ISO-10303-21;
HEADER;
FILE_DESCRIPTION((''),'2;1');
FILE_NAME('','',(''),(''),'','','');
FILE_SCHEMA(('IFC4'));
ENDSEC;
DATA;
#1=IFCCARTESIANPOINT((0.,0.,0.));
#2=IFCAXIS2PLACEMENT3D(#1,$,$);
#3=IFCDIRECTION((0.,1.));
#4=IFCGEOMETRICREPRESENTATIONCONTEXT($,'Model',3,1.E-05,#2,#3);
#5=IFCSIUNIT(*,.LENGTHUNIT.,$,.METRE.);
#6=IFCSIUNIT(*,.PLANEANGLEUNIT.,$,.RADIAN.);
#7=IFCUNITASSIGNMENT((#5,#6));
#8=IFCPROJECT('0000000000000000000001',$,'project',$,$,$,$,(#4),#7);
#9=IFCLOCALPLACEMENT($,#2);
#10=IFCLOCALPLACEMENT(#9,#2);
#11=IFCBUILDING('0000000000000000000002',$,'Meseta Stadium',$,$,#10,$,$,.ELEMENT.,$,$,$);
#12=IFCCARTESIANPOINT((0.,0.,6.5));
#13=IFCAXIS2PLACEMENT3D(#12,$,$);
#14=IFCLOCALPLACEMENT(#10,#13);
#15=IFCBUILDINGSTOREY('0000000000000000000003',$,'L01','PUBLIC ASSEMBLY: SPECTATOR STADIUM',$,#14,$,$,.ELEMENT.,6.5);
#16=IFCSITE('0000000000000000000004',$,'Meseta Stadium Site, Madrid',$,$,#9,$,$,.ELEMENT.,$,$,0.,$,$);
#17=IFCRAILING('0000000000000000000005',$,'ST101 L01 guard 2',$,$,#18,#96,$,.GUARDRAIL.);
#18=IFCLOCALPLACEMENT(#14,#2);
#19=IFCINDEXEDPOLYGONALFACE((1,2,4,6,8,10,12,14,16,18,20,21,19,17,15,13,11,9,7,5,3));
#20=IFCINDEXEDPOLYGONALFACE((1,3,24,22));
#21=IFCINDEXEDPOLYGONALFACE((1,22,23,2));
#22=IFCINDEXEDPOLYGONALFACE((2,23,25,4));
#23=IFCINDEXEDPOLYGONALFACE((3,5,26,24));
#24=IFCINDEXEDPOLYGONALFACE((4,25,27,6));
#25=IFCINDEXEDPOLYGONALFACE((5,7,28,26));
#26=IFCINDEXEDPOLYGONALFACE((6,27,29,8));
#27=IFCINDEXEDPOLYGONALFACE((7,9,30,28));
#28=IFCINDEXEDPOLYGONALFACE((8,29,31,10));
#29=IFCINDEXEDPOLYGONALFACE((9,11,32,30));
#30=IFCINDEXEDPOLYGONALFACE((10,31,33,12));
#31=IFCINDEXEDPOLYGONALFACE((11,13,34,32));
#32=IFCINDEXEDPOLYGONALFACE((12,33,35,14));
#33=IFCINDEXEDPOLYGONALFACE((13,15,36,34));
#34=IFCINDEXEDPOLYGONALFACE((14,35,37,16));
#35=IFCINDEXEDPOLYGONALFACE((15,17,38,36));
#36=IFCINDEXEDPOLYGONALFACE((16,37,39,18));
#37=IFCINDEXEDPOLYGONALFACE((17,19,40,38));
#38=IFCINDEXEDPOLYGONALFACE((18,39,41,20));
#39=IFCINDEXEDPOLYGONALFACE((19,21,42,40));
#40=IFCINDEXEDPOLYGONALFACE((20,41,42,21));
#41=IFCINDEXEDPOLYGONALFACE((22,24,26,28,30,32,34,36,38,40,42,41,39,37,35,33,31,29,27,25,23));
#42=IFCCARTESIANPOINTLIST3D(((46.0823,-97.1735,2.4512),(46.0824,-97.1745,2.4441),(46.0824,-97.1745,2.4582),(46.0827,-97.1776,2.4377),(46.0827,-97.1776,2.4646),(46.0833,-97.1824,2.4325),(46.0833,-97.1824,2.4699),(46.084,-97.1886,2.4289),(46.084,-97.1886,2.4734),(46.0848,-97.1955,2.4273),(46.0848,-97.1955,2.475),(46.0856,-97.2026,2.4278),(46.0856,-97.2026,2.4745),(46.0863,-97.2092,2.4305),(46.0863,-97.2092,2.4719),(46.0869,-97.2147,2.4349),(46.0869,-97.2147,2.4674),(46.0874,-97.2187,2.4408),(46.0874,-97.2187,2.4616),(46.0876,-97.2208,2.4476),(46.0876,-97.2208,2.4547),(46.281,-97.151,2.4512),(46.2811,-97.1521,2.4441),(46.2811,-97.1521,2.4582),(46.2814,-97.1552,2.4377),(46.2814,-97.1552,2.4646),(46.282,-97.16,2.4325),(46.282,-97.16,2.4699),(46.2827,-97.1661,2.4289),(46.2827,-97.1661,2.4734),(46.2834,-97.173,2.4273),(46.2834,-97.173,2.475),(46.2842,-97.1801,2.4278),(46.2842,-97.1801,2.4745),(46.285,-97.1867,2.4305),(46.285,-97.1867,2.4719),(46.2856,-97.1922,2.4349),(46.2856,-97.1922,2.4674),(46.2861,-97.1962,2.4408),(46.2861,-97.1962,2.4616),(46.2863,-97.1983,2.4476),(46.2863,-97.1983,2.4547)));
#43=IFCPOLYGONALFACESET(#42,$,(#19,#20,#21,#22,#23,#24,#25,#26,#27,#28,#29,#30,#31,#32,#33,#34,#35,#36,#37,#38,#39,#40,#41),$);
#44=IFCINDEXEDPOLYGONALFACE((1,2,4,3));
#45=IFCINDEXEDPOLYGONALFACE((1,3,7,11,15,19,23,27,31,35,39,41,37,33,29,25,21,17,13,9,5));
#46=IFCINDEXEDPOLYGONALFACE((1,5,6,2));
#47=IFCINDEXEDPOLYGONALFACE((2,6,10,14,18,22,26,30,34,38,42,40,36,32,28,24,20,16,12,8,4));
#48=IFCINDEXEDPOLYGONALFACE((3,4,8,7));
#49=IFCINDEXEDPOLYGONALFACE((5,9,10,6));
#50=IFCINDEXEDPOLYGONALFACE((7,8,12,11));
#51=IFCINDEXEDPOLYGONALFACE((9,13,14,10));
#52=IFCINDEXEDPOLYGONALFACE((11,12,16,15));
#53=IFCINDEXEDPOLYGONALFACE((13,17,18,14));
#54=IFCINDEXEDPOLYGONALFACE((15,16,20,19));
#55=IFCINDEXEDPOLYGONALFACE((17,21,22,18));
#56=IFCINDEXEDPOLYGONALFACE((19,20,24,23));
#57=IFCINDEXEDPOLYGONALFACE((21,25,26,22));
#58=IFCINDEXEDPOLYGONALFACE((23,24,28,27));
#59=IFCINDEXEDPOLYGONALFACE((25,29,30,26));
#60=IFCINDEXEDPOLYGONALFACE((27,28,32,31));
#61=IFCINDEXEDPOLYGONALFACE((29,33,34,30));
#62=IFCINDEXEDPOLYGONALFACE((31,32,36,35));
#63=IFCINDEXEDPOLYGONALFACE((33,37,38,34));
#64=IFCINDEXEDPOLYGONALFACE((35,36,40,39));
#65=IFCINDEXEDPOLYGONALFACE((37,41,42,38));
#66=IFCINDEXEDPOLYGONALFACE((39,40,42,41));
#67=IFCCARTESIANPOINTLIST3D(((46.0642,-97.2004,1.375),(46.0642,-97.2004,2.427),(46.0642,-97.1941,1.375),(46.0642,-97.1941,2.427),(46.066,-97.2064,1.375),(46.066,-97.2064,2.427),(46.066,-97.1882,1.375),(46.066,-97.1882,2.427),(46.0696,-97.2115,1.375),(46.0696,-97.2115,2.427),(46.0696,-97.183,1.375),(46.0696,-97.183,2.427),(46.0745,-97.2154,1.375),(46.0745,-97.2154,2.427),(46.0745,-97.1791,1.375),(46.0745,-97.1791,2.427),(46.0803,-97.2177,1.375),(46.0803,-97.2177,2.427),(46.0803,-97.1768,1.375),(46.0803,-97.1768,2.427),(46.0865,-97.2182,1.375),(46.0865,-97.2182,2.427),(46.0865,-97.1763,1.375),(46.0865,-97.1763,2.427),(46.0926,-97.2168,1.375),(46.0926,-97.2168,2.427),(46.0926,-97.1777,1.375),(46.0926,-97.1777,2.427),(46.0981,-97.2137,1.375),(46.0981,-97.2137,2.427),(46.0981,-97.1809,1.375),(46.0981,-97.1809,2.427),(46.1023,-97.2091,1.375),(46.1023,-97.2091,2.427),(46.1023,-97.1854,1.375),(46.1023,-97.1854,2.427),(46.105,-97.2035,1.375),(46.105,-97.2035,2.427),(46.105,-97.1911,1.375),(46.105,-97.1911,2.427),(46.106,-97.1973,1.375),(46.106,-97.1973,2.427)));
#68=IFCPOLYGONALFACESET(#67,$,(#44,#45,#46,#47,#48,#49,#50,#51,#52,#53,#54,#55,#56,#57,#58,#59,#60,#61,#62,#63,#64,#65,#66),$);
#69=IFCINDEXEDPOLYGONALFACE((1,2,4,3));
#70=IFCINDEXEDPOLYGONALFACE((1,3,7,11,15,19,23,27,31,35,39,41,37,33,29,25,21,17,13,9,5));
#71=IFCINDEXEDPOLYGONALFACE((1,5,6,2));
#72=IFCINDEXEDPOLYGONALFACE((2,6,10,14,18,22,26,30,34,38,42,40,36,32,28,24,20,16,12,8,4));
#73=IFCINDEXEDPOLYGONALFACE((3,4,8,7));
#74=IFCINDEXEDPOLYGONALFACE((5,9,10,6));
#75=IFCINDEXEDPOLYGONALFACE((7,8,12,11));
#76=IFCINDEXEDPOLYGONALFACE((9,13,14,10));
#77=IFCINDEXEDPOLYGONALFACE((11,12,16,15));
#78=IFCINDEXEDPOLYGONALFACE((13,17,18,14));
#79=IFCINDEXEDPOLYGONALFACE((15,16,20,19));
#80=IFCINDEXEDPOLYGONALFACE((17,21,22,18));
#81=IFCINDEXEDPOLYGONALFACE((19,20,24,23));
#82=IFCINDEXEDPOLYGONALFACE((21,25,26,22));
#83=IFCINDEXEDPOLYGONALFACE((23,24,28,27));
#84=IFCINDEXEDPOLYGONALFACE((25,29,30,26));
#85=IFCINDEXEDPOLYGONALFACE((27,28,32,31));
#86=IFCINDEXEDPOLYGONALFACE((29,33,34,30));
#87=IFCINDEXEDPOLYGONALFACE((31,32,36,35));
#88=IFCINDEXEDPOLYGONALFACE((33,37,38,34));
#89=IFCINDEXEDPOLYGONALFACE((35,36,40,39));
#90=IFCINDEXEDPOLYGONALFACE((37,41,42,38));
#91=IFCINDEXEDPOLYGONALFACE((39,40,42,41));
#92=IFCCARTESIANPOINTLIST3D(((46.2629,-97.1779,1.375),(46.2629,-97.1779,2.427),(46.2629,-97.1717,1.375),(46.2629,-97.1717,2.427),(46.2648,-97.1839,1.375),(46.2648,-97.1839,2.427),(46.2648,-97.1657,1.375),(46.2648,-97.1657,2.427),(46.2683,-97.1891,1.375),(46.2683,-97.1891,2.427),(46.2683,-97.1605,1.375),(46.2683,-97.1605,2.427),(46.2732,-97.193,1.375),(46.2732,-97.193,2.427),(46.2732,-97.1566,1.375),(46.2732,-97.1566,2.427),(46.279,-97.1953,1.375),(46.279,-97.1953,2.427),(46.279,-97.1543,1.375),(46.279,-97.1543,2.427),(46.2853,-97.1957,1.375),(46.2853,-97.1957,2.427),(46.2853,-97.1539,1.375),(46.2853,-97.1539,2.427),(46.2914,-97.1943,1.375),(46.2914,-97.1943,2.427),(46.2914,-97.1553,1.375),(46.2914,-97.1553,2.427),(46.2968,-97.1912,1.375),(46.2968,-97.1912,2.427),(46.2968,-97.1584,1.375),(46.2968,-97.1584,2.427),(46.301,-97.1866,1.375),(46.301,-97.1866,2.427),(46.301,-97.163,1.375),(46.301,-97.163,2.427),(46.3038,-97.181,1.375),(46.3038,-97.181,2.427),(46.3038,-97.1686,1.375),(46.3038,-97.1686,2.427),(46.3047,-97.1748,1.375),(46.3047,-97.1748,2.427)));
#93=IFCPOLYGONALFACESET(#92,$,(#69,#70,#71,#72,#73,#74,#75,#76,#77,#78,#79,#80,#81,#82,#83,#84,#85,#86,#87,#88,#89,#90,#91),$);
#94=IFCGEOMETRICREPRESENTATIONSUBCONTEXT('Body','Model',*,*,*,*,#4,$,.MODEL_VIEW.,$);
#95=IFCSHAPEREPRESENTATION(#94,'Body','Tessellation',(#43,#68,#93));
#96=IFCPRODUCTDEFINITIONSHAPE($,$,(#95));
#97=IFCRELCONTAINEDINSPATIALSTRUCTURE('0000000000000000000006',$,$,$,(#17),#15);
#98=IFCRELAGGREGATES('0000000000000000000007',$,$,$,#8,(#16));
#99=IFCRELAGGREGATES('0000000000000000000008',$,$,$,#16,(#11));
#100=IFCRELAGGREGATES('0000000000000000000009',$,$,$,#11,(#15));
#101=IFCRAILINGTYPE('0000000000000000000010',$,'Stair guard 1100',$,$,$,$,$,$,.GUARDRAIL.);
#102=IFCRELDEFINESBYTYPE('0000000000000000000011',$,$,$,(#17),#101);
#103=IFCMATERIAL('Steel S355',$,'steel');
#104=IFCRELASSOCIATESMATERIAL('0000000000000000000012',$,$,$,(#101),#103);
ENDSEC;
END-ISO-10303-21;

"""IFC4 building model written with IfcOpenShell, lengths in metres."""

from ifc_helpers import new_model, si_unit, direction, frame, origin, origin_2d, place, context, subcontext, project, spatial, circle, extrude, material, type_object, element, save


model = new_model("IFC4")

# Units and contexts
model_context = context("Model", 3, precision=1e-05, world=origin(), true_north=direction((0.0, 1.0)))
body_context = subcontext(model_context, "Body", "Model", "MODEL_VIEW")
ifc_project = project(units=[si_unit("LENGTHUNIT", "METRE"), si_unit("PLANEANGLEUNIT", "RADIAN")], contexts=[model_context])

# Site, building, storey
site_placement = place(None, origin())
site = spatial("IfcSite", under=ifc_project, at=site_placement, Name="Meseta Stadium Site, Madrid", CompositionType="ELEMENT", RefElevation=0.0)
building_placement = place(site_placement, origin())
building = spatial("IfcBuilding", under=site, at=building_placement, Name="Meseta Stadium", CompositionType="ELEMENT")
storey_placement = place(building_placement, frame((0.0, 0.0, 6.5)))
storey = spatial("IfcBuildingStorey", under=building, at=storey_placement, Name="L01", Description="PUBLIC ASSEMBLY: SPECTATOR STADIUM", CompositionType="ELEMENT", Elevation=6.5)

# Railing
ifc_material_1 = material(Name="Steel S355", Category="steel")
railing_type_1 = type_object("IfcRailingType", Name="Stair guard 1100", PredefinedType="GUARDRAIL", material=ifc_material_1)
railing_1_placement = place(storey_placement, frame((46.085, -97.1973, 1.375)))
element("IfcRailing", 1, at=railing_1_placement, inside=storey, type_object=railing_type_1, Name="ST101 L01 guard 2", PredefinedType="GUARDRAIL", context=body_context, shape_type="SweptSolid", body=[
    extrude(circle(Radius=0.0239, at=origin_2d()), frame((0.0, 0.0, 1.0762), z_axis=(0.993674, 0.112307, 0.0), x_axis=(-0.112307, 0.993674, 0.0)), (0.0, 0.0, 1.0), 0.2),
    extrude(circle(Radius=0.021, at=origin_2d()), origin(), (0.0, 0.0, 1.0), 1.052),
    extrude(circle(Radius=0.021, at=origin_2d()), frame((0.1987, 0.0225, 0.0)), (0.0, 0.0, 1.0), 1.052),
])

save(model, "model.ifc")
